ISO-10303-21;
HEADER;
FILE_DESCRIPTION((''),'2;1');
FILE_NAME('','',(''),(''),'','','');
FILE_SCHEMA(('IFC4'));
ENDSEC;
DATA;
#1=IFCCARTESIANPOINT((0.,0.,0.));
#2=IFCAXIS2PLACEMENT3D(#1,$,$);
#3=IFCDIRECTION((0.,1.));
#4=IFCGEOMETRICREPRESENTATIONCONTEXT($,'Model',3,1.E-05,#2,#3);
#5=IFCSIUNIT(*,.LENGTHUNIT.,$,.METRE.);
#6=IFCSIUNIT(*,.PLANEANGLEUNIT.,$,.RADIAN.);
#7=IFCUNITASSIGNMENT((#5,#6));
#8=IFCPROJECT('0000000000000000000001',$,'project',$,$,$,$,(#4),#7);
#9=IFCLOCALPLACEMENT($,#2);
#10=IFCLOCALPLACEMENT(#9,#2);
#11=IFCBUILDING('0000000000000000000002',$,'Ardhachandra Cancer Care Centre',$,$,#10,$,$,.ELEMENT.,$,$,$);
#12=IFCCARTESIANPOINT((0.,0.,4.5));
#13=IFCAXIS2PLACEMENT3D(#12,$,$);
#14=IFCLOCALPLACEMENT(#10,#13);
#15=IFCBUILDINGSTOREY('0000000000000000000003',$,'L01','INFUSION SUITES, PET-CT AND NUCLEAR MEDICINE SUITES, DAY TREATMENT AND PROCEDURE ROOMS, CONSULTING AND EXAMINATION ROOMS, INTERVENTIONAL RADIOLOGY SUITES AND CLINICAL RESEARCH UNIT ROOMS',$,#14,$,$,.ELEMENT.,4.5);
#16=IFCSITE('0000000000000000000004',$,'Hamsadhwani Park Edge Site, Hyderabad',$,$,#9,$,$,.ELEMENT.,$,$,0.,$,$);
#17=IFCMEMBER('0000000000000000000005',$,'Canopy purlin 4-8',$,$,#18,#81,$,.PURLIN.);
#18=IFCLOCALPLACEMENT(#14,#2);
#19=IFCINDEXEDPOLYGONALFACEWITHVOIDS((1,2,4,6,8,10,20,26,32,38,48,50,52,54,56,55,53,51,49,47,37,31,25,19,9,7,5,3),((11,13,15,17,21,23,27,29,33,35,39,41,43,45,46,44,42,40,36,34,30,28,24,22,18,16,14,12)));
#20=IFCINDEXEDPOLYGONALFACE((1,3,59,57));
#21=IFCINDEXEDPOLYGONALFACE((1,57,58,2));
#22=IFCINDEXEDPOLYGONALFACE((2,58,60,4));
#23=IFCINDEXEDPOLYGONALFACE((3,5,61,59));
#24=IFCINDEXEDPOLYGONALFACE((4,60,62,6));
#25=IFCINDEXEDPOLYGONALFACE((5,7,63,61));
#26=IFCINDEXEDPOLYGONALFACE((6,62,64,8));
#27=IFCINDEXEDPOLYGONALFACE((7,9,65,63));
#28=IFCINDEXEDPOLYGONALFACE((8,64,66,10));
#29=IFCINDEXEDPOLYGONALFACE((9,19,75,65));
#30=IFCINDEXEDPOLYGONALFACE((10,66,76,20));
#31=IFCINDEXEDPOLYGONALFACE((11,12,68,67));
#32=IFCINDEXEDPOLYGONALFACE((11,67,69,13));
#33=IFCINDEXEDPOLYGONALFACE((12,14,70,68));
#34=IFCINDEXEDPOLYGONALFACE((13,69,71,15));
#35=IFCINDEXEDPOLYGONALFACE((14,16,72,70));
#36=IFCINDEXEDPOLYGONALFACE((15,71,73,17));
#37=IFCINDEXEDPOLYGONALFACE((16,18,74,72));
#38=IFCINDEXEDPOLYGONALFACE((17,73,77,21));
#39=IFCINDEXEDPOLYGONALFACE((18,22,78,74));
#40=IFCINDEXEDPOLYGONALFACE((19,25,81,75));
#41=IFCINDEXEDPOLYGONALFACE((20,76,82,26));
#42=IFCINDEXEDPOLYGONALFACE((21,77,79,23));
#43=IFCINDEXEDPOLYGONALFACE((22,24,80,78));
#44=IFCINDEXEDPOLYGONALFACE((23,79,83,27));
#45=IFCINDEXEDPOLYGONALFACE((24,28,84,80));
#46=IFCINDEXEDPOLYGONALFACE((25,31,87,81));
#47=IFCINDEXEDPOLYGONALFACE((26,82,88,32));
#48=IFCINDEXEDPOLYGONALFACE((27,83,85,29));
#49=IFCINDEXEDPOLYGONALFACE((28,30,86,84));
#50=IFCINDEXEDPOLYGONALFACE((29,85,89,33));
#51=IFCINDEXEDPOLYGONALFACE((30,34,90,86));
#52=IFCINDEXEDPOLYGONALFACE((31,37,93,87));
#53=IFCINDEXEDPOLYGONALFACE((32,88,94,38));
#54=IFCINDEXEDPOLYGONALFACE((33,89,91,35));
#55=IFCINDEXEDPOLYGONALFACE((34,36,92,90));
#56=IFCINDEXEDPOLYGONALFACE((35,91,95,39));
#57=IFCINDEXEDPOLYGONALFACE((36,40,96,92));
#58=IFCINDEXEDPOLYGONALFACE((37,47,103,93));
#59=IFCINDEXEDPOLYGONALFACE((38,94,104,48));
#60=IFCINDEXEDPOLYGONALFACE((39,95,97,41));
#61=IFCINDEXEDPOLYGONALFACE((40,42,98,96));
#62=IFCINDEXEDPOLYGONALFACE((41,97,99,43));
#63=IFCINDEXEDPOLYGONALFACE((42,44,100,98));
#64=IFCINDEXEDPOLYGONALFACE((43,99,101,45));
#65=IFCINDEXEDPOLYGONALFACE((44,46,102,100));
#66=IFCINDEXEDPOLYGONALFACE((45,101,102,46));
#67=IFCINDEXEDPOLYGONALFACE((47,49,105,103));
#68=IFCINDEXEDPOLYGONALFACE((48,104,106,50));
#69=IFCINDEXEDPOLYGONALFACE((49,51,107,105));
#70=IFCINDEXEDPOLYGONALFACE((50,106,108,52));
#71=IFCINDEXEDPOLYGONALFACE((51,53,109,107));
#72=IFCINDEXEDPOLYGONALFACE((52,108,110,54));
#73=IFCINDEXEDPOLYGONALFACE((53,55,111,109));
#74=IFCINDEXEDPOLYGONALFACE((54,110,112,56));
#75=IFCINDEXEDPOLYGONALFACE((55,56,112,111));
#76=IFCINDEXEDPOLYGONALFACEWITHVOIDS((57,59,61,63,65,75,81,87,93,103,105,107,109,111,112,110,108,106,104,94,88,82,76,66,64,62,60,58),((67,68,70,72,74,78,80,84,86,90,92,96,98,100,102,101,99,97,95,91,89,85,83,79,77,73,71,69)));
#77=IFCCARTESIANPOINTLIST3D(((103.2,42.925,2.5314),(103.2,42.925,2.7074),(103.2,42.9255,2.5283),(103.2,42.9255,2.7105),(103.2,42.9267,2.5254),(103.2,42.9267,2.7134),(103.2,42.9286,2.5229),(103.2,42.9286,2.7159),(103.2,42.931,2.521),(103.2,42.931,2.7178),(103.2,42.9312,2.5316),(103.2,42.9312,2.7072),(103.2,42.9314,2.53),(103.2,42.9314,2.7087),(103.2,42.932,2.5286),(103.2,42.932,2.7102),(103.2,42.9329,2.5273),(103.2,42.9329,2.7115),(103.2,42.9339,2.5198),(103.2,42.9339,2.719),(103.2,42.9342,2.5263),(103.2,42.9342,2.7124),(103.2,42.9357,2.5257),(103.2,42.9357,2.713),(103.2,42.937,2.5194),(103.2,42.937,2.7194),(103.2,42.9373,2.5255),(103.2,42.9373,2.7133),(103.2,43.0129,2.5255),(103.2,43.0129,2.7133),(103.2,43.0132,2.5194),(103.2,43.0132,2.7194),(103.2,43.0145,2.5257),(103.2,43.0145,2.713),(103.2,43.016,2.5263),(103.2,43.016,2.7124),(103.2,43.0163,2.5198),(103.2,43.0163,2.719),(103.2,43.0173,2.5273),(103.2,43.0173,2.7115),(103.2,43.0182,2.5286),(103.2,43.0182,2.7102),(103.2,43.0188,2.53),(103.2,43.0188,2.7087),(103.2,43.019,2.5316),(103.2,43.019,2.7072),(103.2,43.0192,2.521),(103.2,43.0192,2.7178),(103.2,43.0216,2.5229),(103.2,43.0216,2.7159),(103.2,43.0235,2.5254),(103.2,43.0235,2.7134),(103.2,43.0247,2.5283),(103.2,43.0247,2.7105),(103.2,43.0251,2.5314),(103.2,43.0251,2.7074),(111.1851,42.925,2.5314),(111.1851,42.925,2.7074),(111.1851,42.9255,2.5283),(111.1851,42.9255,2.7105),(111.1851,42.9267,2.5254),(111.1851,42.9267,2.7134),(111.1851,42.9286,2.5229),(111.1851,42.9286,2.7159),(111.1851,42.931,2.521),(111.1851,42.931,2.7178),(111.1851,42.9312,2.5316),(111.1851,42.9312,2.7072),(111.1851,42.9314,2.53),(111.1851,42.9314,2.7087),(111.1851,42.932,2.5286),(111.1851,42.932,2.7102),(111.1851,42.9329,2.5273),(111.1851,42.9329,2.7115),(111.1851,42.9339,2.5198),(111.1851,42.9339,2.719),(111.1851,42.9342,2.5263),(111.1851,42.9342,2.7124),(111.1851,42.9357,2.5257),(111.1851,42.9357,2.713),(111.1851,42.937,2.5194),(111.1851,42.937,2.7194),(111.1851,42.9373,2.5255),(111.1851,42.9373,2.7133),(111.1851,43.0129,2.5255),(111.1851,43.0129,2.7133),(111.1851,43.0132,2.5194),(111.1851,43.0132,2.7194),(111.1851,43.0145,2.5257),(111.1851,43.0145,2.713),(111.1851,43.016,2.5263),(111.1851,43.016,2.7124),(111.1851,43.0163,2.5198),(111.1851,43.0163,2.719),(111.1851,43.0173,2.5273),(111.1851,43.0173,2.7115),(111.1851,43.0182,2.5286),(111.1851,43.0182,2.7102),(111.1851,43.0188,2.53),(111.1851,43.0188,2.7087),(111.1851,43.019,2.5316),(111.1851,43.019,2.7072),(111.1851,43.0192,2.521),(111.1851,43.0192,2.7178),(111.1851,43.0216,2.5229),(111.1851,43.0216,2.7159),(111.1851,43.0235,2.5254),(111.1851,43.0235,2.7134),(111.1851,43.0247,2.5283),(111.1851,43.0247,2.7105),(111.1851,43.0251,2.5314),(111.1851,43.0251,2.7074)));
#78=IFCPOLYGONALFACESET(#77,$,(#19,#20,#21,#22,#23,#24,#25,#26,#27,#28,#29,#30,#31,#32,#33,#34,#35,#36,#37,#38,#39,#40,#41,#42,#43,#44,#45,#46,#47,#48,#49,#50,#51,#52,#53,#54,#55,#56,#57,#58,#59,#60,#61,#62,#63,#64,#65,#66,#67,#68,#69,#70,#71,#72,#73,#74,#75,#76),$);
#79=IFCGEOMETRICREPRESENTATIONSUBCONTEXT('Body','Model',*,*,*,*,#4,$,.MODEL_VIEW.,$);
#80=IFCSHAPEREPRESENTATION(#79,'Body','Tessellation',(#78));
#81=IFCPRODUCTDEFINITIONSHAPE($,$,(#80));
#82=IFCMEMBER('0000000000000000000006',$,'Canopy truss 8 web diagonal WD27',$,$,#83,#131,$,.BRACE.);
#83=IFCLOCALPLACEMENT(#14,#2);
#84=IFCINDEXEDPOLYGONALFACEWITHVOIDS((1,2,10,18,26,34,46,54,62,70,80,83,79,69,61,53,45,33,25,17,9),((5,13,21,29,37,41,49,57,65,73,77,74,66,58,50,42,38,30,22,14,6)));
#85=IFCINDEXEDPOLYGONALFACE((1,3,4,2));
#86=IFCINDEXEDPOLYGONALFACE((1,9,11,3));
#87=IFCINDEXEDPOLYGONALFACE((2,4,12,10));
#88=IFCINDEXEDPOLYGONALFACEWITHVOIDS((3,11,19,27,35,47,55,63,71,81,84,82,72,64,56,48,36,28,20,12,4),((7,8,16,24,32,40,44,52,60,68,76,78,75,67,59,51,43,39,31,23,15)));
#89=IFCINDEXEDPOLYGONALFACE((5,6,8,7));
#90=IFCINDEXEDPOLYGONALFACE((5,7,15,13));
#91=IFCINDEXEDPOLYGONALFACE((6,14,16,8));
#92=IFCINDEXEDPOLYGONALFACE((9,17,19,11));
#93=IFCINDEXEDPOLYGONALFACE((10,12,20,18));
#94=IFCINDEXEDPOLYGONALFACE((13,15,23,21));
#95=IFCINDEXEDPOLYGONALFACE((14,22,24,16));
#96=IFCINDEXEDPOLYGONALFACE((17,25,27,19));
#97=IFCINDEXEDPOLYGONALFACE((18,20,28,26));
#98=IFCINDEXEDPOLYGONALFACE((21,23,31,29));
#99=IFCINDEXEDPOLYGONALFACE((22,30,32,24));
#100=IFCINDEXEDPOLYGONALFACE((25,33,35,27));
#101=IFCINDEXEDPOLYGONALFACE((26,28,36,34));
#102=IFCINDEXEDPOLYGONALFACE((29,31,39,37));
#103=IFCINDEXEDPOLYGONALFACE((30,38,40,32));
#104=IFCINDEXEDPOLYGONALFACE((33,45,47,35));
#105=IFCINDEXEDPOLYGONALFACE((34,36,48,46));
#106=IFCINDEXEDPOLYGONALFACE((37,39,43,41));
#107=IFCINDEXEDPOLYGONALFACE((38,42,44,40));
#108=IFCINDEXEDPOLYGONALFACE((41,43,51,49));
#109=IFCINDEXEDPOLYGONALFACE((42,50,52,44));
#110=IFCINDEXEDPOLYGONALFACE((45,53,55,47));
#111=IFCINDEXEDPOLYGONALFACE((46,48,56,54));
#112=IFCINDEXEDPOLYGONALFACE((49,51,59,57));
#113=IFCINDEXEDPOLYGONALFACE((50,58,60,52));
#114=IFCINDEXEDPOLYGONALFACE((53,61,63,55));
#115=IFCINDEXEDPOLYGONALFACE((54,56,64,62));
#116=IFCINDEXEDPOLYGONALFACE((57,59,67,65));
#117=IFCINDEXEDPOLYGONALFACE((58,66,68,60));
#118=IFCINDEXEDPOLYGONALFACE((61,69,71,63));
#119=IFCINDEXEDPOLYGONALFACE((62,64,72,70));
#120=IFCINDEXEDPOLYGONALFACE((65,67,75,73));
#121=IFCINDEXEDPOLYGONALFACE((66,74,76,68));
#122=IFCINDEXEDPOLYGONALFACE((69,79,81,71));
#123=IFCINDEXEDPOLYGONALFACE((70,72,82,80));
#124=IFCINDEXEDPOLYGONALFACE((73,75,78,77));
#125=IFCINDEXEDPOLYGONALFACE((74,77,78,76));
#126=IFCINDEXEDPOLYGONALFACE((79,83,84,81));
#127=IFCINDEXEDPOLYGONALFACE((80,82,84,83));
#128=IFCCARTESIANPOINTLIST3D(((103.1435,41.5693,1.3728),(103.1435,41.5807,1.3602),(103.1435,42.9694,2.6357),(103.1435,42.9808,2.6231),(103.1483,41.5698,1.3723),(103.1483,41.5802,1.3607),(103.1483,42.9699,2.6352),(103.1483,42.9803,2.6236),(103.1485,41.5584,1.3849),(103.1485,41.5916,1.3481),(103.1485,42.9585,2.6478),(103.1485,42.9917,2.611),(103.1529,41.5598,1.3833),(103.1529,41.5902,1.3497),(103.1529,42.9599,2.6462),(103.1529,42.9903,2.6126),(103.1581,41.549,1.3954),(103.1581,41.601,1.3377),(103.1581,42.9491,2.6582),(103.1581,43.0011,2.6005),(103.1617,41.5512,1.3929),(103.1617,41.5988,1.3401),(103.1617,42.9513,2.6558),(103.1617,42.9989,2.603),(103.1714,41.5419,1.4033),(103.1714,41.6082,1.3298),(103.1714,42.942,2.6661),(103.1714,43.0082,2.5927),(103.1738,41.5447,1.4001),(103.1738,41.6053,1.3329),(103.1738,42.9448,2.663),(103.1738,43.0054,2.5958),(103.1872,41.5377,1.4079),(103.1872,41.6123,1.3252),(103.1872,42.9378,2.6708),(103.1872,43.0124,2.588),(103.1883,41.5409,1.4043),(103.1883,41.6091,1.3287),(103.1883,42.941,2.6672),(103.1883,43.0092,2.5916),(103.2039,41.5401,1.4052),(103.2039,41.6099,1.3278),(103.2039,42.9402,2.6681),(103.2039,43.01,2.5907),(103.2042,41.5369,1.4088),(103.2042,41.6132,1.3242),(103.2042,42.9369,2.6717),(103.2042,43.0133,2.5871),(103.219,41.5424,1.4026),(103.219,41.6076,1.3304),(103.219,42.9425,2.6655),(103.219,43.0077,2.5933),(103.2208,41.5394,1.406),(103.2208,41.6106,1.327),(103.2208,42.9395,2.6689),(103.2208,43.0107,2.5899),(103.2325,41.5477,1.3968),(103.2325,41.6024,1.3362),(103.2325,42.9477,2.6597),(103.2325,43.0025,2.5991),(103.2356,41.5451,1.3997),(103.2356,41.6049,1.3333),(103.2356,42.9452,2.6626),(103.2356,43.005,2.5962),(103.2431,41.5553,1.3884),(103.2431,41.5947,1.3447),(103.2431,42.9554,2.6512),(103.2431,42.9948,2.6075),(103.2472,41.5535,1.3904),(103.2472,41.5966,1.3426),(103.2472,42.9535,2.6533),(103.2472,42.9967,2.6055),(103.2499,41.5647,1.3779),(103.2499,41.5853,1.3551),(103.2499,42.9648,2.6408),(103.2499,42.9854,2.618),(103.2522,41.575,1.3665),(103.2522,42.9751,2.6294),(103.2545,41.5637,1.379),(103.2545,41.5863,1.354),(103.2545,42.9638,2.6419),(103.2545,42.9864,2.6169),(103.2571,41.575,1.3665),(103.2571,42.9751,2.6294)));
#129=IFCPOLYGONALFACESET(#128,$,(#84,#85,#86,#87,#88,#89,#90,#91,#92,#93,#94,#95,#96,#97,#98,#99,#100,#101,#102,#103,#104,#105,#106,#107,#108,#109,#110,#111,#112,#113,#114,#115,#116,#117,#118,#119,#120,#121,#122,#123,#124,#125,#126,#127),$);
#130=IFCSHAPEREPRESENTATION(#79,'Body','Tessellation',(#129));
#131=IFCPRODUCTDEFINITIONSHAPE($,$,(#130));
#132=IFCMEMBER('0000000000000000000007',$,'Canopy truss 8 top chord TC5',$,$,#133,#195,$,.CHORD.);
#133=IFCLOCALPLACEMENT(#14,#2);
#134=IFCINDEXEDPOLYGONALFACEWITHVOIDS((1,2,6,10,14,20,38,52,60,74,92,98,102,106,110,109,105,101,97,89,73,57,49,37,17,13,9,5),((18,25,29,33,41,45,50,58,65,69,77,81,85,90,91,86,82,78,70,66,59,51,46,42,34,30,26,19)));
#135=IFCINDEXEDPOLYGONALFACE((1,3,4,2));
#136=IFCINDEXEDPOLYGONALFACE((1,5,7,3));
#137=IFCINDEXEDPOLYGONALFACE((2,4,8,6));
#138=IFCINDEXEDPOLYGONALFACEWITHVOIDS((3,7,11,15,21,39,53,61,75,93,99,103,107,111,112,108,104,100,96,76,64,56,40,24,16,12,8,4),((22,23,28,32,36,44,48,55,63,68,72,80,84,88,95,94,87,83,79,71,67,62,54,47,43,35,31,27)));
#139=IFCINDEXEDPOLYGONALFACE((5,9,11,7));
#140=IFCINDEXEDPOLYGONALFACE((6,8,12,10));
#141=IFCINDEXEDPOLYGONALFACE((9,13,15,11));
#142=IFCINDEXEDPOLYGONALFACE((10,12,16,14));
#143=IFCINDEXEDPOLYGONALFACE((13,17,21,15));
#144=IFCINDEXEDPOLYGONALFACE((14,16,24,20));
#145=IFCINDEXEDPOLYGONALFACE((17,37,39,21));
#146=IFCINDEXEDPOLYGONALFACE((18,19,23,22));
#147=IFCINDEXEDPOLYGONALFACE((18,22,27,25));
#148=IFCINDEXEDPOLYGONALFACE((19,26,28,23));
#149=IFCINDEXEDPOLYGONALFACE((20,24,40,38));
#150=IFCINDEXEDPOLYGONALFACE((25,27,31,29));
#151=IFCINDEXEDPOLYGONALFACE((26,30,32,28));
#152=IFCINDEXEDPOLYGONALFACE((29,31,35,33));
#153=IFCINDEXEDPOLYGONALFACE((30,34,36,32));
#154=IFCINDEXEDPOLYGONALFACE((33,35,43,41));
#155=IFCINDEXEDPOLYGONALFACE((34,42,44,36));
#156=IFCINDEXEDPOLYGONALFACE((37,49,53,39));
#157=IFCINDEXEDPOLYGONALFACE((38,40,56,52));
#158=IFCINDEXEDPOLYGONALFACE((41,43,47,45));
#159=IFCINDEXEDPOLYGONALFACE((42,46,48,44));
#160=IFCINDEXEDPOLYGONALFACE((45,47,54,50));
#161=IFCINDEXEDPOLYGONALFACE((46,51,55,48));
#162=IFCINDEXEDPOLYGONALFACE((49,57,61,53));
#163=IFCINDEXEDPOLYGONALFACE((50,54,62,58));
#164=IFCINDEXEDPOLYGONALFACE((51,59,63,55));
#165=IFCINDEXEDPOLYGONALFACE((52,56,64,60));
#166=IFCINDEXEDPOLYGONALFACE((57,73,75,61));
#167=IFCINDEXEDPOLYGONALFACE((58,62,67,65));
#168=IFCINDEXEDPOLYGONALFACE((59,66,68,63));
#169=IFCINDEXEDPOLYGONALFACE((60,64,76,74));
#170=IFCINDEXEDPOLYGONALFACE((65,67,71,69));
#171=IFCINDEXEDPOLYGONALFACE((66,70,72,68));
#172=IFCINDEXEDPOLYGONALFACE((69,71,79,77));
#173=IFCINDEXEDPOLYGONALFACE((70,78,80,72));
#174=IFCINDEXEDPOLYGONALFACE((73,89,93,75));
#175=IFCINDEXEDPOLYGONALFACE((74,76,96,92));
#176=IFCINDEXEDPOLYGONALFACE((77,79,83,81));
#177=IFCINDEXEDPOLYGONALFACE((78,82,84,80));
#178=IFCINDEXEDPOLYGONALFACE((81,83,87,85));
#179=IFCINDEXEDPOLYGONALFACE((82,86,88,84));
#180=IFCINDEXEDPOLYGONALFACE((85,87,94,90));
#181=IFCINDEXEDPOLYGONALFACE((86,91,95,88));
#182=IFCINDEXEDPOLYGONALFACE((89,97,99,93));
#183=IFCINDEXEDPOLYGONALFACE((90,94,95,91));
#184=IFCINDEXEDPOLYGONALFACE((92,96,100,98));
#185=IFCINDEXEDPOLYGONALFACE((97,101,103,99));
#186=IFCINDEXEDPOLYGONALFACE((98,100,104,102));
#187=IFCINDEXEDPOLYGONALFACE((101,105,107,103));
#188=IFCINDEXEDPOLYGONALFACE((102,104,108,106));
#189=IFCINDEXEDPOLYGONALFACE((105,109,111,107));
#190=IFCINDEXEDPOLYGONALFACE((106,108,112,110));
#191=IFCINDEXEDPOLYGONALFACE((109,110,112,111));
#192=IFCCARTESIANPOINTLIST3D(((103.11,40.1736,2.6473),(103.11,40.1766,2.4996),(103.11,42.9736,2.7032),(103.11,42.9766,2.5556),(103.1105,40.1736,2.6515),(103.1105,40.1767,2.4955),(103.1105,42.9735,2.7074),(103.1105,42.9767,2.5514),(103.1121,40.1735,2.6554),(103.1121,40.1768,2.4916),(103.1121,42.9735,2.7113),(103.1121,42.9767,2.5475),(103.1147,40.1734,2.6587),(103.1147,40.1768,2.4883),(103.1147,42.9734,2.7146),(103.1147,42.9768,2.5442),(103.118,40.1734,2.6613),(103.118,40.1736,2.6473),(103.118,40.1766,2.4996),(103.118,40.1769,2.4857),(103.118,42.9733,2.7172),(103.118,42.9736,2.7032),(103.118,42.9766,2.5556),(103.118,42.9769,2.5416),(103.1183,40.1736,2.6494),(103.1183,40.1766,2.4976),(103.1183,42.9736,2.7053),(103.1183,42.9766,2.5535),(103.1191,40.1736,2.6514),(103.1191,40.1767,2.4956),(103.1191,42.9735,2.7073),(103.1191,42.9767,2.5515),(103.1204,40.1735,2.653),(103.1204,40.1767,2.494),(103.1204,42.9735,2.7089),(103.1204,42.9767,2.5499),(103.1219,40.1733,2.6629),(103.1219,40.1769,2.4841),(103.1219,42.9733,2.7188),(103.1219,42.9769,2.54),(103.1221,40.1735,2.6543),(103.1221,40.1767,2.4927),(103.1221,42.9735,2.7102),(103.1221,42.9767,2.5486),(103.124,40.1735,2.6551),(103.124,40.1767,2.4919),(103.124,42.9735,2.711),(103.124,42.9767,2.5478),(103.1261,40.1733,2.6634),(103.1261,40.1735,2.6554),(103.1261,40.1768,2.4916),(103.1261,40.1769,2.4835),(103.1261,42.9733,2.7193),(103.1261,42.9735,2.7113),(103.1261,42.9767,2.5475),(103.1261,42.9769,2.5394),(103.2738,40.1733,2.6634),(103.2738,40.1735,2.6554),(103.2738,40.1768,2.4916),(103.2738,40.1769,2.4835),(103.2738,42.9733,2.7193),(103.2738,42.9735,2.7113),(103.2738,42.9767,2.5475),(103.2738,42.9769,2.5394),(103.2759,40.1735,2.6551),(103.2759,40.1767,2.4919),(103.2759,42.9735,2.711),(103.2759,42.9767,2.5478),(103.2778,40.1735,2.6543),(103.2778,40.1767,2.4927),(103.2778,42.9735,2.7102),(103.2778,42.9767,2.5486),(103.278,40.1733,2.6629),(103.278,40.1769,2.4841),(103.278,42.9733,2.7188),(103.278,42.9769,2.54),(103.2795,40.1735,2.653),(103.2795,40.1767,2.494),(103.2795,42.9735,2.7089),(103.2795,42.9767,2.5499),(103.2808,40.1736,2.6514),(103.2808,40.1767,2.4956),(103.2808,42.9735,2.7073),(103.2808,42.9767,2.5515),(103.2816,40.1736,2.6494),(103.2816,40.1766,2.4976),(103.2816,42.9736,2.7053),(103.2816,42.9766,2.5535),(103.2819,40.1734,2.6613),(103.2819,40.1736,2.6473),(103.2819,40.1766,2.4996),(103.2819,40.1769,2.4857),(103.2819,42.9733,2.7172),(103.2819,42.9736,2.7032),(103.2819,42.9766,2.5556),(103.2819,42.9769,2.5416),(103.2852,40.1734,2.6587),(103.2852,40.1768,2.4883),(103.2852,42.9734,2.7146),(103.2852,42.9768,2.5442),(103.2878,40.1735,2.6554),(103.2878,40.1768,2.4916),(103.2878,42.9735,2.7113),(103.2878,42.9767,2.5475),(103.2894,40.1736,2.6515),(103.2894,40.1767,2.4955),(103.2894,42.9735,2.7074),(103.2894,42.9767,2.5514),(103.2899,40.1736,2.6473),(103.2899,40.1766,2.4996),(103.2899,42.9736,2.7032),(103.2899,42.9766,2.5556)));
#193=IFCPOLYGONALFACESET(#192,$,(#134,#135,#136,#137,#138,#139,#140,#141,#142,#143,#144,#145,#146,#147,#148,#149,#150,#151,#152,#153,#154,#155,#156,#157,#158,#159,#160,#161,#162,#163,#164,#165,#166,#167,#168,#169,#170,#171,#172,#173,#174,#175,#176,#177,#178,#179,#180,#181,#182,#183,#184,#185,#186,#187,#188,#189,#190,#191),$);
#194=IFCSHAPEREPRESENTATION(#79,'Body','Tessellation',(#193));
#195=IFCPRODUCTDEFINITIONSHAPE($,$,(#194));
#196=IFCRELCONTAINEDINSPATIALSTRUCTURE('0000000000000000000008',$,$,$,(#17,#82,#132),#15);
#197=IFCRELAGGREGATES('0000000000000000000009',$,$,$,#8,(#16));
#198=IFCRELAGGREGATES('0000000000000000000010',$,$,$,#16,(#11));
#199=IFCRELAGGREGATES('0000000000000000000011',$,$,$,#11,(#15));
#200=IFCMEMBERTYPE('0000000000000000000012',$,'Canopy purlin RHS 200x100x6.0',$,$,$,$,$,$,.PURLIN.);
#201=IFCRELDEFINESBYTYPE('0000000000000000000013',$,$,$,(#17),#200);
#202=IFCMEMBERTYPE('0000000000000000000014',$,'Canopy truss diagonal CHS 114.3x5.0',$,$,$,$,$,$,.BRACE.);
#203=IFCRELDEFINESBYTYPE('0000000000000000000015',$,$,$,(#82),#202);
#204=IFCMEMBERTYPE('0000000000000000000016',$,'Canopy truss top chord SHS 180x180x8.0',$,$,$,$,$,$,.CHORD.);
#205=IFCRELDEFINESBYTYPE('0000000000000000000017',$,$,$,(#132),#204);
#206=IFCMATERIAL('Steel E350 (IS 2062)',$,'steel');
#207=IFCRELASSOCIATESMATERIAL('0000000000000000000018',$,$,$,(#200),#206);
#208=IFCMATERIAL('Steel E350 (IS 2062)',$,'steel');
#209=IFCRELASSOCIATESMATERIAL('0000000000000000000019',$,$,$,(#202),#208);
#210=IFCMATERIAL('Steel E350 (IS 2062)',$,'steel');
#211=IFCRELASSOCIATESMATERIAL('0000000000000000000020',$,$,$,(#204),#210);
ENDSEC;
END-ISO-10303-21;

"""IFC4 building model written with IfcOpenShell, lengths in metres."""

from ifc_helpers import new_model, si_unit, direction, frame, origin, origin_2d, place, context, subcontext, project, spatial, hollow_rectangle, hollow_circle, extrude, material, material_profile, profile_set, type_object, element, save


model = new_model("IFC4")

# Units and contexts
model_context = context("Model", 3, precision=1e-05, world=origin(), true_north=direction((0.0, 1.0)))
body_context = subcontext(model_context, "Body", "Model", "MODEL_VIEW")
ifc_project = project(units=[si_unit("LENGTHUNIT", "METRE"), si_unit("PLANEANGLEUNIT", "RADIAN")], contexts=[model_context])

# Site, building, storey
site_placement = place(None, origin())
site = spatial("IfcSite", under=ifc_project, at=site_placement, Name="Hamsadhwani Park Edge Site, Hyderabad", CompositionType="ELEMENT", RefElevation=0.0)
building_placement = place(site_placement, origin())
building = spatial("IfcBuilding", under=site, at=building_placement, Name="Ardhachandra Cancer Care Centre", CompositionType="ELEMENT")
storey_placement = place(building_placement, frame((0.0, 0.0, 4.5)))
storey = spatial("IfcBuildingStorey", under=building, at=storey_placement, Name="L01", Description="INFUSION SUITES, PET-CT AND NUCLEAR MEDICINE SUITES, DAY TREATMENT AND PROCEDURE ROOMS, CONSULTING AND EXAMINATION ROOMS, INTERVENTIONAL RADIOLOGY SUITES AND CLINICAL RESEARCH UNIT ROOMS", CompositionType="ELEMENT", Elevation=4.5)

# Members
ifc_material_1 = material(Name="Steel E350 (IS 2062)", Category="steel")
ifc_material_profile_1 = material_profile(ifc_material_1, hollow_rectangle(XDim=0.1001, YDim=0.2, WallThickness=0.0061, InnerFilletRadius=0.0061, OuterFilletRadius=0.012, at=origin_2d()), Name="RHS 200x100x6.0")
ifc_profile_set_1 = profile_set([ifc_material_profile_1], Name="Steel E350 (IS 2062)")
member_type_1 = type_object("IfcMemberType", Name="Canopy purlin RHS 200x100x6.0", PredefinedType="PURLIN", material=ifc_profile_set_1)
member_1_placement = place(storey_placement, frame((103.2, 42.9751, 2.6194), z_axis=(1.0, 0.0, 0.0), x_axis=(0.0, 1.0, 0.0)))
element("IfcMember", 1, at=member_1_placement, inside=storey, type_object=member_type_1, Name="Canopy purlin 4-8", PredefinedType="PURLIN", context=body_context, shape_type="SweptSolid", body=[
    extrude(hollow_rectangle(XDim=0.1001, YDim=0.2, WallThickness=0.0061, InnerFilletRadius=0.0061, OuterFilletRadius=0.012, at=origin_2d()), origin(), (0.0, 0.0, 1.0), 7.9851),
])
ifc_material_2 = material(Name="Steel E350 (IS 2062)", Category="steel")
ifc_material_profile_2 = material_profile(ifc_material_2, hollow_circle(Radius=0.0571, WallThickness=0.0049, at=origin_2d()), Name="CHS 114.3x5.0")
ifc_profile_set_2 = profile_set([ifc_material_profile_2], Name="Steel E350 (IS 2062)")
member_type_2 = type_object("IfcMemberType", Name="Canopy truss diagonal CHS 114.3x5.0", PredefinedType="BRACE", material=ifc_profile_set_2)
member_2_placement = place(storey_placement, frame((103.2, 42.9751, 2.6294), z_axis=(0.0, -0.742553, -0.669787), x_axis=(1.0, 0.0, 0.0)))
element("IfcMember", 2, at=member_2_placement, inside=storey, type_object=member_type_2, Name="Canopy truss 8 web diagonal WD27", PredefinedType="BRACE", context=body_context, shape_type="SweptSolid", body=[
    extrude(hollow_circle(Radius=0.0571, WallThickness=0.0049, at=origin_2d()), origin(), (0.0, 0.0, 1.0), 1.8855),
])
ifc_material_3 = material(Name="Steel E350 (IS 2062)", Category="steel")
ifc_material_profile_3 = material_profile(ifc_material_3, hollow_rectangle(XDim=0.1799, YDim=0.1799, WallThickness=0.0081, InnerFilletRadius=0.0081, OuterFilletRadius=0.0161, at=origin_2d()), Name="SHS 180x180x8.0")
ifc_profile_set_3 = profile_set([ifc_material_profile_3], Name="Steel E350 (IS 2062)")
member_type_3 = type_object("IfcMemberType", Name="Canopy truss top chord SHS 180x180x8.0", PredefinedType="CHORD", material=ifc_profile_set_3)
member_3_placement = place(storey_placement, frame((103.2, 42.9751, 2.6294), z_axis=(0.0, -0.999801, -0.019963), x_axis=(1.0, 0.0, 0.0)))
element("IfcMember", 3, at=member_3_placement, inside=storey, type_object=member_type_3, Name="Canopy truss 8 top chord TC5", PredefinedType="CHORD", context=body_context, shape_type="SweptSolid", body=[
    extrude(hollow_rectangle(XDim=0.1799, YDim=0.1799, WallThickness=0.0081, InnerFilletRadius=0.0081, OuterFilletRadius=0.0161, at=origin_2d()), origin(), (0.0, 0.0, 1.0), 2.8005),
])

save(model, "model.ifc")
